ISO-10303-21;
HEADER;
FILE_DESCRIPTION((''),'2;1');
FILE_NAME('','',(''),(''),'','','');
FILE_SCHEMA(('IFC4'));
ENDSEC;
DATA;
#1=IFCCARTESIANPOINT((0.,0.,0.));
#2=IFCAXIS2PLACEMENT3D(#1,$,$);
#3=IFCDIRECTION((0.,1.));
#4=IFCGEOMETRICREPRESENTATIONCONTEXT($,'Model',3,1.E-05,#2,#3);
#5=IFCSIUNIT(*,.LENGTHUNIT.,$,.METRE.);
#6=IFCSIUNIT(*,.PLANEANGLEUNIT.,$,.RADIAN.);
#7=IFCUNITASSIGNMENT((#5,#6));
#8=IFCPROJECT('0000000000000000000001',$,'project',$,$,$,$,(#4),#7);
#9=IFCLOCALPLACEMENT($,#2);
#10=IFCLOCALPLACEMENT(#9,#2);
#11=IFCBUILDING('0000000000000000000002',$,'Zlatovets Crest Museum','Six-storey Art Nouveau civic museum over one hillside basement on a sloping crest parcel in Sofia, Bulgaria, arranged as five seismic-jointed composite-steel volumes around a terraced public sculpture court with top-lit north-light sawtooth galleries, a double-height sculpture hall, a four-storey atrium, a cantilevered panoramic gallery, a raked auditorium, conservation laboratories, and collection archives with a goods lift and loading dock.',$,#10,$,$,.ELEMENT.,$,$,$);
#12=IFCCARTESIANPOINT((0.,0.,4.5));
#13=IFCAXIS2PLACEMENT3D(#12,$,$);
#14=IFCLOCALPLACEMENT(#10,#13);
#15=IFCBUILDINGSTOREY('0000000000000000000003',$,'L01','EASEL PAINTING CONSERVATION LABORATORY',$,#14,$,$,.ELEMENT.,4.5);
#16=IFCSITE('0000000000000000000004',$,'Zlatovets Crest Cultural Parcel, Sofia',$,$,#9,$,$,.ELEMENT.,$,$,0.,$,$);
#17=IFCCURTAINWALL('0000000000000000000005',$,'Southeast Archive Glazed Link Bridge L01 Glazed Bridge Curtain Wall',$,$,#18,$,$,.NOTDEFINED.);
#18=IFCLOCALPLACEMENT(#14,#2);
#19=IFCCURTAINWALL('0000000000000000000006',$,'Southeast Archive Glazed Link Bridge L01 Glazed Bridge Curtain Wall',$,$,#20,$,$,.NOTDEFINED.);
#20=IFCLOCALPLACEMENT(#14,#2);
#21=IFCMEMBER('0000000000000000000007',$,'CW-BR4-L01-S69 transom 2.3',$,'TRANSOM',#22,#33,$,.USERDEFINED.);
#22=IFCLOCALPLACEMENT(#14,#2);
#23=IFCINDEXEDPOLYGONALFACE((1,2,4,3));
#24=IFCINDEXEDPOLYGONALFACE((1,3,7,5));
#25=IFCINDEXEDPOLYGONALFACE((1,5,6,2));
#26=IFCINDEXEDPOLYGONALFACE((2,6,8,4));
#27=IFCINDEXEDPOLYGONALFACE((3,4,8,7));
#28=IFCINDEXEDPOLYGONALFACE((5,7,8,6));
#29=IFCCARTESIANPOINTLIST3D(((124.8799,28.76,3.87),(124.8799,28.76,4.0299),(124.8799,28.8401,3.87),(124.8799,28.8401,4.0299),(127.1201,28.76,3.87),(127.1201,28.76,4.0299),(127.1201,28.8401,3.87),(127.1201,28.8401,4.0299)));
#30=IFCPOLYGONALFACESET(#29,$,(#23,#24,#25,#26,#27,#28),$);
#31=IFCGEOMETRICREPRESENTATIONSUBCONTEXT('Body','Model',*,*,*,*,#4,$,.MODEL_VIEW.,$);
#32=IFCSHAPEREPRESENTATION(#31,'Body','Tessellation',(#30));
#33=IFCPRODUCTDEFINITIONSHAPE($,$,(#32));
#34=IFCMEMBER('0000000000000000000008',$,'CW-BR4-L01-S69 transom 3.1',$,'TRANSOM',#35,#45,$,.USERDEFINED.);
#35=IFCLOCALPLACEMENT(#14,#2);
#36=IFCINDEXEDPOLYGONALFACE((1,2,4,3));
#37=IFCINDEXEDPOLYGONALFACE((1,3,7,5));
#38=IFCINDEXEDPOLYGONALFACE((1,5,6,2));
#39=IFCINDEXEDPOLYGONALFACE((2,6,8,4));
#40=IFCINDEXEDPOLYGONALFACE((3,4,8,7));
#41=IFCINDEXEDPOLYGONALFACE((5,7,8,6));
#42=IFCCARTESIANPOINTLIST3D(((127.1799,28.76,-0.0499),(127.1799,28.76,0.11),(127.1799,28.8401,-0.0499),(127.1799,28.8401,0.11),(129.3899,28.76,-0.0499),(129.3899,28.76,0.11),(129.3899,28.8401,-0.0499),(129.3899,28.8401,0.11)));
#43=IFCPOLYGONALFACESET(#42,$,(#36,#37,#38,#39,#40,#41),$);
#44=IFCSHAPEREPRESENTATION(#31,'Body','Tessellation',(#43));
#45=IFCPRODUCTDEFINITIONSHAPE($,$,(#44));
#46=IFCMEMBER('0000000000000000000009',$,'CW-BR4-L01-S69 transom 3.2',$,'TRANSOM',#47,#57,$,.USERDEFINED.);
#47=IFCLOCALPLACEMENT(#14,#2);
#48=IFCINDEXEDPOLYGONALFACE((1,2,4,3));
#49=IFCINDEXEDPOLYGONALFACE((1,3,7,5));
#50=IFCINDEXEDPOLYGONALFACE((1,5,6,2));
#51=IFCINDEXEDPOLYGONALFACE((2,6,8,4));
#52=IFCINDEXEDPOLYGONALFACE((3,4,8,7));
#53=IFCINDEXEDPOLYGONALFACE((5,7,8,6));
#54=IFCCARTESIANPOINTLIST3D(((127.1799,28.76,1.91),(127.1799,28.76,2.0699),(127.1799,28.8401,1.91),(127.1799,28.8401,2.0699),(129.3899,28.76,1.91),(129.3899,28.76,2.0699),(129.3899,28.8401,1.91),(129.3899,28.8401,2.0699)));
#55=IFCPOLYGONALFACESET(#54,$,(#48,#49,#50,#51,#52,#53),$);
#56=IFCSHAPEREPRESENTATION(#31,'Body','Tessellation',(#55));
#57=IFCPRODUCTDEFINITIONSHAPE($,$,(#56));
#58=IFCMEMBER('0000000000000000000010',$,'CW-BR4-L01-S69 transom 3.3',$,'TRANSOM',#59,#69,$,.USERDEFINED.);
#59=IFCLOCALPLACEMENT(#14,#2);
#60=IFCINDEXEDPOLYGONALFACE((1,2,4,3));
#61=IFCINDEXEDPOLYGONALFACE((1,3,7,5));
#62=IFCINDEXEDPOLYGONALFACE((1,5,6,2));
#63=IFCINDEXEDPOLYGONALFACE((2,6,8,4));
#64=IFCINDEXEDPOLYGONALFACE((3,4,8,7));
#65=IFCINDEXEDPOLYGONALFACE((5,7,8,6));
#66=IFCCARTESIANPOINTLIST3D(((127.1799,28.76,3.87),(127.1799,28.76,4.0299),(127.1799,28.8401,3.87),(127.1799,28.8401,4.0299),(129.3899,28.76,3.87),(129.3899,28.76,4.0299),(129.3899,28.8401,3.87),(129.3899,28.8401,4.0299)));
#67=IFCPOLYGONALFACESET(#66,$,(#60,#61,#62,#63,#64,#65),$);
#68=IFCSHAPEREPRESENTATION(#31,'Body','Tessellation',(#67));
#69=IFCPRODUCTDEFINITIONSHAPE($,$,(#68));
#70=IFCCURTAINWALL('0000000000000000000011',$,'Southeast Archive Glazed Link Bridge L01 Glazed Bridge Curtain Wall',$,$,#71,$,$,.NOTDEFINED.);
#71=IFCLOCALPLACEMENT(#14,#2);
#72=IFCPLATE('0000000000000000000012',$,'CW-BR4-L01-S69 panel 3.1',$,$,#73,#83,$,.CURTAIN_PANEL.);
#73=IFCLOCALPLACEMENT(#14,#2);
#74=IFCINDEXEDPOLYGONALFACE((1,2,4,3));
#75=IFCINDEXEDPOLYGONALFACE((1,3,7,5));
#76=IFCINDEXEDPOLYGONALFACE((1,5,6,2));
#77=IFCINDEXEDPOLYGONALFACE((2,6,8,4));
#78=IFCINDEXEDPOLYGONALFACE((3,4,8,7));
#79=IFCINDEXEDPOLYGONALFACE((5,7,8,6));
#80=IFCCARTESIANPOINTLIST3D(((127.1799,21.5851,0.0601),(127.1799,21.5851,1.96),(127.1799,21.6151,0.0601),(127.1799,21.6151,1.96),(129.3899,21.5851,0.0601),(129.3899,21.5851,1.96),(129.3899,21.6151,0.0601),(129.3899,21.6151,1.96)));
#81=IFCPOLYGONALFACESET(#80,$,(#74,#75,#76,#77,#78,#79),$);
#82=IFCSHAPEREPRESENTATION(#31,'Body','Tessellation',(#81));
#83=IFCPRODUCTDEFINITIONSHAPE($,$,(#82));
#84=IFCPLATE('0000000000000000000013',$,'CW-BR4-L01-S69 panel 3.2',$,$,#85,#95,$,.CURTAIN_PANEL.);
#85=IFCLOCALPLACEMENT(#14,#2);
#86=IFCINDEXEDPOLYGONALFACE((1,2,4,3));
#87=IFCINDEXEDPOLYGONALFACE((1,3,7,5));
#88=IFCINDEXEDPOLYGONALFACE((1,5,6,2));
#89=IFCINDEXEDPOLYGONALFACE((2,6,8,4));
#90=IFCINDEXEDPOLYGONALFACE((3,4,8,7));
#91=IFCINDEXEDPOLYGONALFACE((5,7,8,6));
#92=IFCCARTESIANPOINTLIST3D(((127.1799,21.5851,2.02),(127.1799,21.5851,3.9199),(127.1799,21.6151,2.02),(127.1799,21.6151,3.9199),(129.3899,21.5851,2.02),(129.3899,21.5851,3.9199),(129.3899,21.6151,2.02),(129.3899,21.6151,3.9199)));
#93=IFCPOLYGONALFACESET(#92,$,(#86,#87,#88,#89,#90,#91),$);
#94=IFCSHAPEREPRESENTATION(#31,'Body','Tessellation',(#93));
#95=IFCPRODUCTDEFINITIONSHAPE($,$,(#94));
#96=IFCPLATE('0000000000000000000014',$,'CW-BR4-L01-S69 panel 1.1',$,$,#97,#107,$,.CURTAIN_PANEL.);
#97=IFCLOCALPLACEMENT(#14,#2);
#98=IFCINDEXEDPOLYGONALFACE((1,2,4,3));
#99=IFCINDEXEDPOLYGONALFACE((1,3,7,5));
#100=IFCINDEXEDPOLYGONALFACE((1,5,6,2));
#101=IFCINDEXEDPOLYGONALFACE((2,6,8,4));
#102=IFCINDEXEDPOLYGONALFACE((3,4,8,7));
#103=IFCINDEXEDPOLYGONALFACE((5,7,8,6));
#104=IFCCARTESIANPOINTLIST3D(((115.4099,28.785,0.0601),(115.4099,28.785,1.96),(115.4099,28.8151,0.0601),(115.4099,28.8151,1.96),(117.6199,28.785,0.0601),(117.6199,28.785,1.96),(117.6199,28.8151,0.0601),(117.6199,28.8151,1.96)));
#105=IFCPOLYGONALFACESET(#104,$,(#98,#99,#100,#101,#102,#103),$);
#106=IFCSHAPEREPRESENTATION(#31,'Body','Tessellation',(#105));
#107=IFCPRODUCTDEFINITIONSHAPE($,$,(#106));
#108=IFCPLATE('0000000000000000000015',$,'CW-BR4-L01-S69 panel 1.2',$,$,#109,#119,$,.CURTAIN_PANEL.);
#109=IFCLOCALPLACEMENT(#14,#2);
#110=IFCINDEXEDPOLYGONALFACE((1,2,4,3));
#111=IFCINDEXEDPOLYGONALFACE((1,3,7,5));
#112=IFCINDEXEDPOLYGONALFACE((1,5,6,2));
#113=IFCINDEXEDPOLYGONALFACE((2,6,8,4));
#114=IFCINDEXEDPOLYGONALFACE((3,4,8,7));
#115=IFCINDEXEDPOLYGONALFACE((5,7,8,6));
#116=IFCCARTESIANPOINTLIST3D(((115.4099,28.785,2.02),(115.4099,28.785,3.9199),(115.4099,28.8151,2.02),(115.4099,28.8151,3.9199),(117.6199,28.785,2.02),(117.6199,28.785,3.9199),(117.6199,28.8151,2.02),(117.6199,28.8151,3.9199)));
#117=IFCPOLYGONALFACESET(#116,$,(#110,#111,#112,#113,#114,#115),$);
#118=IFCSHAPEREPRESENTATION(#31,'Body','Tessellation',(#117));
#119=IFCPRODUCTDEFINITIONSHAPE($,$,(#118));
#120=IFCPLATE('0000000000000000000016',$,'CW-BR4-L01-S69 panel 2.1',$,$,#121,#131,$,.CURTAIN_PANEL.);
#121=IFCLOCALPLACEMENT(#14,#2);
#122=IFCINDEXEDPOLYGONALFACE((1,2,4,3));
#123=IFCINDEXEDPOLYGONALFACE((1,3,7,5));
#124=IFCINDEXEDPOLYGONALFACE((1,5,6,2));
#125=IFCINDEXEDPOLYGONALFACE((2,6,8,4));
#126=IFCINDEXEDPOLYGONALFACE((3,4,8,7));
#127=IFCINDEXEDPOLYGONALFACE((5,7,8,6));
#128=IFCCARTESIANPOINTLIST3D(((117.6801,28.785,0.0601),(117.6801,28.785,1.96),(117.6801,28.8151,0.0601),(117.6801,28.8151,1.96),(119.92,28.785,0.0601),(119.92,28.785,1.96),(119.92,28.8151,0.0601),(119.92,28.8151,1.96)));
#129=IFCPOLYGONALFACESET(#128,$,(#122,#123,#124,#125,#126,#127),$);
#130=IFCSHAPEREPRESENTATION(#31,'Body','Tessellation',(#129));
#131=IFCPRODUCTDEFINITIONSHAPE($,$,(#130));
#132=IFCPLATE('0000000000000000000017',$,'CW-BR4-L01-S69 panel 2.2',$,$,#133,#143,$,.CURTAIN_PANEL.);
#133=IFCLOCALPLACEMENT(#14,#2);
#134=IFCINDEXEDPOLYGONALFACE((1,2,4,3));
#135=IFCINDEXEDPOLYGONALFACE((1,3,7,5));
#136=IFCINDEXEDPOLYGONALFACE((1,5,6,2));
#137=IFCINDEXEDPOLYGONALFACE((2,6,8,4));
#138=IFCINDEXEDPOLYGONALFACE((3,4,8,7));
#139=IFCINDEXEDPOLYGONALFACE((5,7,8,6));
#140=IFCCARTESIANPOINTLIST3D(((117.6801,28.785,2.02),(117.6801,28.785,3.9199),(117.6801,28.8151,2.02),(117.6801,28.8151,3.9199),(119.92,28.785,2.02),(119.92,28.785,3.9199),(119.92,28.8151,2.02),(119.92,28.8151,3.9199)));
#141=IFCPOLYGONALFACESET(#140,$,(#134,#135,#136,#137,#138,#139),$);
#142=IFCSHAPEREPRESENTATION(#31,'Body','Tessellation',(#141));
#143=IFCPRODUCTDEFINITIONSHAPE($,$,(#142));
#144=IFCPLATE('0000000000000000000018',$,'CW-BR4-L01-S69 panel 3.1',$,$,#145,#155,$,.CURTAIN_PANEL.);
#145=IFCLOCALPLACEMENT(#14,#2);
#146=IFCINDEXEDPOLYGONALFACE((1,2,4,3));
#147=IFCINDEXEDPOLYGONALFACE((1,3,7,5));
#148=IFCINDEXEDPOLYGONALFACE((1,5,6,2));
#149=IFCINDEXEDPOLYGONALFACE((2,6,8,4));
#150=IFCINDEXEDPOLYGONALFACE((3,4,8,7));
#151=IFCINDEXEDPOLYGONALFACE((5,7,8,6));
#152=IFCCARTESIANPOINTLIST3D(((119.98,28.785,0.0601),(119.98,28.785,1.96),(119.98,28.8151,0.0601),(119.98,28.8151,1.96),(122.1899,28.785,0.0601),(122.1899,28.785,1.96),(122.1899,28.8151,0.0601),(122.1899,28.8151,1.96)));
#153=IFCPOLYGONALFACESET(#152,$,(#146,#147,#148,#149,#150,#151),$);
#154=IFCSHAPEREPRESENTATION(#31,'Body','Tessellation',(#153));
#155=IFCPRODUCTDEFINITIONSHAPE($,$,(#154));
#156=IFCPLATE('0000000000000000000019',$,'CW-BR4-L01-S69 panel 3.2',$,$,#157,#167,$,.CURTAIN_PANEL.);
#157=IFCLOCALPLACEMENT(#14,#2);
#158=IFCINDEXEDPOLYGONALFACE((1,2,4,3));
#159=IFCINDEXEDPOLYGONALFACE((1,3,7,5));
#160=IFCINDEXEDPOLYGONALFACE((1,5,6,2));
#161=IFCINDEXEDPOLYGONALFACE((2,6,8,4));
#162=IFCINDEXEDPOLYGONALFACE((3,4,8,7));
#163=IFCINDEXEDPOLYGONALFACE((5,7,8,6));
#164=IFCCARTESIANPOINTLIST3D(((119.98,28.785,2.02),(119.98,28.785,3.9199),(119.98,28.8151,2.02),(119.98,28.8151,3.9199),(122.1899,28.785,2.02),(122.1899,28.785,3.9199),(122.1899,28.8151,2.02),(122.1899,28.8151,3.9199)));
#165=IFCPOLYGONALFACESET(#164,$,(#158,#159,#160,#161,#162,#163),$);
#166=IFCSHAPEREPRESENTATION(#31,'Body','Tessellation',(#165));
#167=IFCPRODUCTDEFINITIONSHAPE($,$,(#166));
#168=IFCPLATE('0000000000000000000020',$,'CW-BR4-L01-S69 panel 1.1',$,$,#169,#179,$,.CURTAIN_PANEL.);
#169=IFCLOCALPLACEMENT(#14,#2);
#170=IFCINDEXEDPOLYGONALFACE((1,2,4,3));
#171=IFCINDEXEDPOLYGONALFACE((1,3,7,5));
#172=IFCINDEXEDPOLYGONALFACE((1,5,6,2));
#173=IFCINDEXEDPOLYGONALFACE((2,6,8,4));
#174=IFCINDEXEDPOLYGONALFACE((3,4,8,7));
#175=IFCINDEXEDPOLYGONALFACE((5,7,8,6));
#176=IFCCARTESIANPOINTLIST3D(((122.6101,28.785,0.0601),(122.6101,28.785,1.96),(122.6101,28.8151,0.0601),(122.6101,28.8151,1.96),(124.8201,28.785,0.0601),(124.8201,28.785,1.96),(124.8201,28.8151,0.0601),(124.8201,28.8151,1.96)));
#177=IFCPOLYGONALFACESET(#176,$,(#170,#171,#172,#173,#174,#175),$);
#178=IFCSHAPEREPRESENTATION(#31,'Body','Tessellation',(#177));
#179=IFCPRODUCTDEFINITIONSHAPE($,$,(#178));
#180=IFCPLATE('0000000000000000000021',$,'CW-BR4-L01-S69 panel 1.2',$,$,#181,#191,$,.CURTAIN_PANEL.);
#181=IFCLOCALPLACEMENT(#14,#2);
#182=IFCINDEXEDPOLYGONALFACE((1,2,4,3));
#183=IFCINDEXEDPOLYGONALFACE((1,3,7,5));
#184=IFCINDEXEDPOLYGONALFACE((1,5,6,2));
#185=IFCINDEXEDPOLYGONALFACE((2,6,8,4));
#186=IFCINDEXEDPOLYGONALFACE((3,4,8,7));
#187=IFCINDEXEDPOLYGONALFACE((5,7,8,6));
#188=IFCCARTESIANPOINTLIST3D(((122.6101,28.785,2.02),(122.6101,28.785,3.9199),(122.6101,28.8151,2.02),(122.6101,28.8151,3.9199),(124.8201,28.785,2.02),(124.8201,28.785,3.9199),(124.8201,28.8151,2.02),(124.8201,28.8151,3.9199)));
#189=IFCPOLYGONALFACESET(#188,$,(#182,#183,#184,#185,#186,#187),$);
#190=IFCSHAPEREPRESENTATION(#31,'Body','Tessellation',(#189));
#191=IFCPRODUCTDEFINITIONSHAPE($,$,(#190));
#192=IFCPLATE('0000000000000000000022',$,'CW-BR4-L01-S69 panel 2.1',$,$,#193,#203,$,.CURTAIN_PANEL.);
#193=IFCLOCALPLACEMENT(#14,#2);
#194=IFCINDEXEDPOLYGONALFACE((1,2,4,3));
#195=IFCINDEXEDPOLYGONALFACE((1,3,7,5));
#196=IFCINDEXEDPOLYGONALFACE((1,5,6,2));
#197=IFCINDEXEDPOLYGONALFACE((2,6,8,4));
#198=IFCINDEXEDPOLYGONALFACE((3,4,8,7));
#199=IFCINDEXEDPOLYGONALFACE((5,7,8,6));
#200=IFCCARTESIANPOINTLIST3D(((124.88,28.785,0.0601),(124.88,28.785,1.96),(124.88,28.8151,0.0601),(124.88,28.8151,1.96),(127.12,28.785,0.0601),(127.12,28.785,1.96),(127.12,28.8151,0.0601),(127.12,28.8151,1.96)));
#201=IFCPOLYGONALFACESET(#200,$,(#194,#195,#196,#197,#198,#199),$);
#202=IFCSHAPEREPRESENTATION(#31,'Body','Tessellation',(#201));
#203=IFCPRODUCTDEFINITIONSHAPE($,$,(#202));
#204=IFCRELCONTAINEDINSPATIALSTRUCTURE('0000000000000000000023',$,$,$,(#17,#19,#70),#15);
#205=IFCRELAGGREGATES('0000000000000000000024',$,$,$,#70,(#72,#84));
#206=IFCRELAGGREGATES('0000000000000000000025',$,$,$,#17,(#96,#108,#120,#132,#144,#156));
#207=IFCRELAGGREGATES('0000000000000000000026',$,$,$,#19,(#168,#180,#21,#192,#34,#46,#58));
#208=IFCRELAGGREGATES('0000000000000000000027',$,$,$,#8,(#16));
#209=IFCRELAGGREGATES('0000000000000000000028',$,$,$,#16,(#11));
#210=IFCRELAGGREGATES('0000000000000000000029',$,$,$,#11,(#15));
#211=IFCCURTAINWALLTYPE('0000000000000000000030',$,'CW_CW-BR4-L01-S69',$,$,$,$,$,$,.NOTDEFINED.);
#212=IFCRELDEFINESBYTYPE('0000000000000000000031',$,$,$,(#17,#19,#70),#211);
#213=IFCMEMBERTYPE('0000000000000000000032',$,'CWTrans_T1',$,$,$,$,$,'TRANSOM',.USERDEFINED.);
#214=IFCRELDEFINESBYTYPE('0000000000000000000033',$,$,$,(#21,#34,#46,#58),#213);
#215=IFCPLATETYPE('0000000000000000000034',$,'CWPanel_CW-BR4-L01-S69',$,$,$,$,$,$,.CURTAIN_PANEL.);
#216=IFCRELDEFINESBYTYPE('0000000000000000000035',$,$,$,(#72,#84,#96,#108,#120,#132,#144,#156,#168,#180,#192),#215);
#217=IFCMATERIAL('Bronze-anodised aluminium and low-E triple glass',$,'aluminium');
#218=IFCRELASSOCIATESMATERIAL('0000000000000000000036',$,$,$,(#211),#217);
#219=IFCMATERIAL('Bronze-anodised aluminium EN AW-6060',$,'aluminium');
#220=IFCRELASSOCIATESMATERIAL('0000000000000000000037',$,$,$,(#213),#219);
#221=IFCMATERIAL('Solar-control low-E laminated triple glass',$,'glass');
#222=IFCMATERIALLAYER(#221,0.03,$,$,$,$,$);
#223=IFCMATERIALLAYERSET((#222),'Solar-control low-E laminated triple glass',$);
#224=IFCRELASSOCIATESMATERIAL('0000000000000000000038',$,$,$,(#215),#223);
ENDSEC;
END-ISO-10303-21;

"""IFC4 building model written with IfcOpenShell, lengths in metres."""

from ifc_helpers import new_model, si_unit, direction, frame, origin, origin_2d, place, context, subcontext, project, spatial, rectangle, extrude, material, layer, layer_set, material_profile, profile_set, type_object, element, aggregate, save


model = new_model("IFC4")

# Units and contexts
model_context = context("Model", 3, precision=1e-05, world=origin(), true_north=direction((0.0, 1.0)))
body_context = subcontext(model_context, "Body", "Model", "MODEL_VIEW")
ifc_project = project(units=[si_unit("LENGTHUNIT", "METRE"), si_unit("PLANEANGLEUNIT", "RADIAN")], contexts=[model_context])

# Site, building, storey
site_placement = place(None, origin())
site = spatial("IfcSite", under=ifc_project, at=site_placement, Name="Zlatovets Crest Cultural Parcel, Sofia", CompositionType="ELEMENT", RefElevation=0.0)
building_placement = place(site_placement, origin())
building = spatial("IfcBuilding", under=site, at=building_placement, Name="Zlatovets Crest Museum", Description="Six-storey Art Nouveau civic museum over one hillside basement on a sloping crest parcel in Sofia, Bulgaria, arranged as five seismic-jointed composite-steel volumes around a terraced public sculpture court with top-lit north-light sawtooth galleries, a double-height sculpture hall, a four-storey atrium, a cantilevered panoramic gallery, a raked auditorium, conservation laboratories, and collection archives with a goods lift and loading dock.", CompositionType="ELEMENT")
storey_placement = place(building_placement, frame((0.0, 0.0, 4.5)))
storey = spatial("IfcBuildingStorey", under=building, at=storey_placement, Name="L01", Description="EASEL PAINTING CONSERVATION LABORATORY", CompositionType="ELEMENT", Elevation=4.5)

# Curtain walls
ifc_material_1 = material(Name="Bronze-anodised aluminium and low-E triple glass", Category="aluminium")
curtain_wall_type = type_object("IfcCurtainWallType", Name="CW_CW-BR4-L01-S69", PredefinedType="NOTDEFINED", material=ifc_material_1)
curtain_wall_1_placement = place(storey_placement, origin())
curtain_wall_1 = element("IfcCurtainWall", 1, at=curtain_wall_1_placement, inside=storey, type_object=curtain_wall_type, Name="Southeast Archive Glazed Link Bridge L01 Glazed Bridge Curtain Wall", PredefinedType="NOTDEFINED")
ifc_material_2 = material(Name="Bronze-anodised aluminium EN AW-6060", Category="aluminium")
curtain_wall_2_placement = place(storey_placement, origin())
curtain_wall_2 = element("IfcCurtainWall", 2, at=curtain_wall_2_placement, inside=storey, type_object=curtain_wall_type, Name="Southeast Archive Glazed Link Bridge L01 Glazed Bridge Curtain Wall", PredefinedType="NOTDEFINED")

# Members
ifc_material_profile_1 = material_profile(ifc_material_2, rectangle(XDim=0.0801, YDim=0.1599, at=origin_2d()), Name="ALU 80x160")
ifc_profile_set_1 = profile_set([ifc_material_profile_1], Name="Bronze-anodised aluminium EN AW-6060")
member_type_1 = type_object("IfcMemberType", Name="CWTrans_T1", ElementType="TRANSOM", PredefinedType="USERDEFINED", material=ifc_profile_set_1)
member_1_placement = place(storey_placement, frame((124.8799, 28.8, 3.95), z_axis=(1.0, 0.0, 0.0), x_axis=(0.0, 1.0, 0.0)))
member_1 = element("IfcMember", 3, at=member_1_placement, type_object=member_type_1, Name="CW-BR4-L01-S69 transom 2.3", ObjectType="TRANSOM", PredefinedType="USERDEFINED", context=body_context, shape_type="SweptSolid", body=[
    extrude(rectangle(XDim=0.0801, YDim=0.1599, at=origin_2d()), origin(), (0.0, 0.0, 1.0), 2.2402),
])
member_2_placement = place(storey_placement, frame((127.1799, 28.8, 0.03), z_axis=(1.0, 0.0, 0.0), x_axis=(0.0, 1.0, 0.0)))
member_2 = element("IfcMember", 4, at=member_2_placement, type_object=member_type_1, Name="CW-BR4-L01-S69 transom 3.1", ObjectType="TRANSOM", PredefinedType="USERDEFINED", context=body_context, shape_type="SweptSolid", body=[
    extrude(rectangle(XDim=0.0801, YDim=0.1599, at=origin_2d()), origin(), (0.0, 0.0, 1.0), 2.21),
])
member_3_placement = place(storey_placement, frame((127.1799, 28.8, 1.99), z_axis=(1.0, 0.0, 0.0), x_axis=(0.0, 1.0, 0.0)))
member_3 = element("IfcMember", 5, at=member_3_placement, type_object=member_type_1, Name="CW-BR4-L01-S69 transom 3.2", ObjectType="TRANSOM", PredefinedType="USERDEFINED", context=body_context, shape_type="SweptSolid", body=[
    extrude(rectangle(XDim=0.0801, YDim=0.1599, at=origin_2d()), origin(), (0.0, 0.0, 1.0), 2.21),
])
member_4_placement = place(storey_placement, frame((127.1799, 28.8, 3.95), z_axis=(1.0, 0.0, 0.0), x_axis=(0.0, 1.0, 0.0)))
member_4 = element("IfcMember", 6, at=member_4_placement, type_object=member_type_1, Name="CW-BR4-L01-S69 transom 3.3", ObjectType="TRANSOM", PredefinedType="USERDEFINED", context=body_context, shape_type="SweptSolid", body=[
    extrude(rectangle(XDim=0.0801, YDim=0.1599, at=origin_2d()), origin(), (0.0, 0.0, 1.0), 2.21),
])

# Curtain wall, plates
curtain_wall_3_placement = place(storey_placement, origin())
curtain_wall_3 = element("IfcCurtainWall", 7, at=curtain_wall_3_placement, inside=storey, type_object=curtain_wall_type, Name="Southeast Archive Glazed Link Bridge L01 Glazed Bridge Curtain Wall", PredefinedType="NOTDEFINED")
ifc_material_3 = material(Name="Solar-control low-E laminated triple glass", Category="glass")
ifc_layer = layer(ifc_material_3, 0.03)
ifc_layer_set = layer_set([ifc_layer], Name="Solar-control low-E laminated triple glass")
plate_type = type_object("IfcPlateType", Name="CWPanel_CW-BR4-L01-S69", PredefinedType="CURTAIN_PANEL", material=ifc_layer_set)
plate_1_placement = place(storey_placement, frame((128.2849, 21.6001, 0.0601), z_axis=(0.0, 0.0, 1.0), x_axis=(1.0, 0.0, 0.0)))
plate_1 = element("IfcPlate", 8, at=plate_1_placement, type_object=plate_type, Name="CW-BR4-L01-S69 panel 3.1", PredefinedType="CURTAIN_PANEL", context=body_context, shape_type="SweptSolid", body=[
    extrude(rectangle(XDim=2.21, YDim=0.03, at=origin_2d()), origin(), (0.0, 0.0, 1.0), 1.8999),
])
plate_2_placement = place(storey_placement, frame((128.2849, 21.6001, 2.02), z_axis=(0.0, 0.0, 1.0), x_axis=(1.0, 0.0, 0.0)))
plate_2 = element("IfcPlate", 9, at=plate_2_placement, type_object=plate_type, Name="CW-BR4-L01-S69 panel 3.2", PredefinedType="CURTAIN_PANEL", context=body_context, shape_type="SweptSolid", body=[
    extrude(rectangle(XDim=2.21, YDim=0.03, at=origin_2d()), origin(), (0.0, 0.0, 1.0), 1.8999),
])
aggregate(curtain_wall_3, [plate_1, plate_2])

# Plates
plate_3_placement = place(storey_placement, frame((116.5149, 28.8, 0.0601), z_axis=(0.0, 0.0, 1.0), x_axis=(1.0, 0.0, 0.0)))
plate_3 = element("IfcPlate", 10, at=plate_3_placement, type_object=plate_type, Name="CW-BR4-L01-S69 panel 1.1", PredefinedType="CURTAIN_PANEL", context=body_context, shape_type="SweptSolid", body=[
    extrude(rectangle(XDim=2.21, YDim=0.03, at=origin_2d()), origin(), (0.0, 0.0, 1.0), 1.8999),
])
plate_4_placement = place(storey_placement, frame((116.5149, 28.8, 2.02), z_axis=(0.0, 0.0, 1.0), x_axis=(1.0, 0.0, 0.0)))
plate_4 = element("IfcPlate", 11, at=plate_4_placement, type_object=plate_type, Name="CW-BR4-L01-S69 panel 1.2", PredefinedType="CURTAIN_PANEL", context=body_context, shape_type="SweptSolid", body=[
    extrude(rectangle(XDim=2.21, YDim=0.03, at=origin_2d()), origin(), (0.0, 0.0, 1.0), 1.8999),
])
plate_5_placement = place(storey_placement, frame((118.8, 28.8, 0.0601), z_axis=(0.0, 0.0, 1.0), x_axis=(1.0, 0.0, 0.0)))
plate_5 = element("IfcPlate", 12, at=plate_5_placement, type_object=plate_type, Name="CW-BR4-L01-S69 panel 2.1", PredefinedType="CURTAIN_PANEL", context=body_context, shape_type="SweptSolid", body=[
    extrude(rectangle(XDim=2.24, YDim=0.03, at=origin_2d()), origin(), (0.0, 0.0, 1.0), 1.8999),
])
plate_6_placement = place(storey_placement, frame((118.8, 28.8, 2.02), z_axis=(0.0, 0.0, 1.0), x_axis=(1.0, 0.0, 0.0)))
plate_6 = element("IfcPlate", 13, at=plate_6_placement, type_object=plate_type, Name="CW-BR4-L01-S69 panel 2.2", PredefinedType="CURTAIN_PANEL", context=body_context, shape_type="SweptSolid", body=[
    extrude(rectangle(XDim=2.24, YDim=0.03, at=origin_2d()), origin(), (0.0, 0.0, 1.0), 1.8999),
])
plate_7_placement = place(storey_placement, frame((121.085, 28.8, 0.0601), z_axis=(0.0, 0.0, 1.0), x_axis=(1.0, 0.0, 0.0)))
plate_7 = element("IfcPlate", 14, at=plate_7_placement, type_object=plate_type, Name="CW-BR4-L01-S69 panel 3.1", PredefinedType="CURTAIN_PANEL", context=body_context, shape_type="SweptSolid", body=[
    extrude(rectangle(XDim=2.21, YDim=0.03, at=origin_2d()), origin(), (0.0, 0.0, 1.0), 1.8999),
])
plate_8_placement = place(storey_placement, frame((121.085, 28.8, 2.02), z_axis=(0.0, 0.0, 1.0), x_axis=(1.0, 0.0, 0.0)))
plate_8 = element("IfcPlate", 15, at=plate_8_placement, type_object=plate_type, Name="CW-BR4-L01-S69 panel 3.2", PredefinedType="CURTAIN_PANEL", context=body_context, shape_type="SweptSolid", body=[
    extrude(rectangle(XDim=2.21, YDim=0.03, at=origin_2d()), origin(), (0.0, 0.0, 1.0), 1.8999),
])
aggregate(curtain_wall_1, [plate_3, plate_4, plate_5, plate_6, plate_7, plate_8])
plate_9_placement = place(storey_placement, frame((123.7151, 28.8, 0.0601), z_axis=(0.0, 0.0, 1.0), x_axis=(1.0, 0.0, 0.0)))
plate_9 = element("IfcPlate", 16, at=plate_9_placement, type_object=plate_type, Name="CW-BR4-L01-S69 panel 1.1", PredefinedType="CURTAIN_PANEL", context=body_context, shape_type="SweptSolid", body=[
    extrude(rectangle(XDim=2.21, YDim=0.03, at=origin_2d()), origin(), (0.0, 0.0, 1.0), 1.8999),
])
plate_10_placement = place(storey_placement, frame((123.7151, 28.8, 2.02), z_axis=(0.0, 0.0, 1.0), x_axis=(1.0, 0.0, 0.0)))
plate_10 = element("IfcPlate", 17, at=plate_10_placement, type_object=plate_type, Name="CW-BR4-L01-S69 panel 1.2", PredefinedType="CURTAIN_PANEL", context=body_context, shape_type="SweptSolid", body=[
    extrude(rectangle(XDim=2.21, YDim=0.03, at=origin_2d()), origin(), (0.0, 0.0, 1.0), 1.8999),
])
plate_11_placement = place(storey_placement, frame((126.0, 28.8, 0.0601), z_axis=(0.0, 0.0, 1.0), x_axis=(1.0, 0.0, 0.0)))
plate_11 = element("IfcPlate", 18, at=plate_11_placement, type_object=plate_type, Name="CW-BR4-L01-S69 panel 2.1", PredefinedType="CURTAIN_PANEL", context=body_context, shape_type="SweptSolid", body=[
    extrude(rectangle(XDim=2.24, YDim=0.03, at=origin_2d()), origin(), (0.0, 0.0, 1.0), 1.8999),
])
aggregate(curtain_wall_2, [plate_9, plate_10, member_1, plate_11, member_2, member_3, member_4])

save(model, "model.ifc")
